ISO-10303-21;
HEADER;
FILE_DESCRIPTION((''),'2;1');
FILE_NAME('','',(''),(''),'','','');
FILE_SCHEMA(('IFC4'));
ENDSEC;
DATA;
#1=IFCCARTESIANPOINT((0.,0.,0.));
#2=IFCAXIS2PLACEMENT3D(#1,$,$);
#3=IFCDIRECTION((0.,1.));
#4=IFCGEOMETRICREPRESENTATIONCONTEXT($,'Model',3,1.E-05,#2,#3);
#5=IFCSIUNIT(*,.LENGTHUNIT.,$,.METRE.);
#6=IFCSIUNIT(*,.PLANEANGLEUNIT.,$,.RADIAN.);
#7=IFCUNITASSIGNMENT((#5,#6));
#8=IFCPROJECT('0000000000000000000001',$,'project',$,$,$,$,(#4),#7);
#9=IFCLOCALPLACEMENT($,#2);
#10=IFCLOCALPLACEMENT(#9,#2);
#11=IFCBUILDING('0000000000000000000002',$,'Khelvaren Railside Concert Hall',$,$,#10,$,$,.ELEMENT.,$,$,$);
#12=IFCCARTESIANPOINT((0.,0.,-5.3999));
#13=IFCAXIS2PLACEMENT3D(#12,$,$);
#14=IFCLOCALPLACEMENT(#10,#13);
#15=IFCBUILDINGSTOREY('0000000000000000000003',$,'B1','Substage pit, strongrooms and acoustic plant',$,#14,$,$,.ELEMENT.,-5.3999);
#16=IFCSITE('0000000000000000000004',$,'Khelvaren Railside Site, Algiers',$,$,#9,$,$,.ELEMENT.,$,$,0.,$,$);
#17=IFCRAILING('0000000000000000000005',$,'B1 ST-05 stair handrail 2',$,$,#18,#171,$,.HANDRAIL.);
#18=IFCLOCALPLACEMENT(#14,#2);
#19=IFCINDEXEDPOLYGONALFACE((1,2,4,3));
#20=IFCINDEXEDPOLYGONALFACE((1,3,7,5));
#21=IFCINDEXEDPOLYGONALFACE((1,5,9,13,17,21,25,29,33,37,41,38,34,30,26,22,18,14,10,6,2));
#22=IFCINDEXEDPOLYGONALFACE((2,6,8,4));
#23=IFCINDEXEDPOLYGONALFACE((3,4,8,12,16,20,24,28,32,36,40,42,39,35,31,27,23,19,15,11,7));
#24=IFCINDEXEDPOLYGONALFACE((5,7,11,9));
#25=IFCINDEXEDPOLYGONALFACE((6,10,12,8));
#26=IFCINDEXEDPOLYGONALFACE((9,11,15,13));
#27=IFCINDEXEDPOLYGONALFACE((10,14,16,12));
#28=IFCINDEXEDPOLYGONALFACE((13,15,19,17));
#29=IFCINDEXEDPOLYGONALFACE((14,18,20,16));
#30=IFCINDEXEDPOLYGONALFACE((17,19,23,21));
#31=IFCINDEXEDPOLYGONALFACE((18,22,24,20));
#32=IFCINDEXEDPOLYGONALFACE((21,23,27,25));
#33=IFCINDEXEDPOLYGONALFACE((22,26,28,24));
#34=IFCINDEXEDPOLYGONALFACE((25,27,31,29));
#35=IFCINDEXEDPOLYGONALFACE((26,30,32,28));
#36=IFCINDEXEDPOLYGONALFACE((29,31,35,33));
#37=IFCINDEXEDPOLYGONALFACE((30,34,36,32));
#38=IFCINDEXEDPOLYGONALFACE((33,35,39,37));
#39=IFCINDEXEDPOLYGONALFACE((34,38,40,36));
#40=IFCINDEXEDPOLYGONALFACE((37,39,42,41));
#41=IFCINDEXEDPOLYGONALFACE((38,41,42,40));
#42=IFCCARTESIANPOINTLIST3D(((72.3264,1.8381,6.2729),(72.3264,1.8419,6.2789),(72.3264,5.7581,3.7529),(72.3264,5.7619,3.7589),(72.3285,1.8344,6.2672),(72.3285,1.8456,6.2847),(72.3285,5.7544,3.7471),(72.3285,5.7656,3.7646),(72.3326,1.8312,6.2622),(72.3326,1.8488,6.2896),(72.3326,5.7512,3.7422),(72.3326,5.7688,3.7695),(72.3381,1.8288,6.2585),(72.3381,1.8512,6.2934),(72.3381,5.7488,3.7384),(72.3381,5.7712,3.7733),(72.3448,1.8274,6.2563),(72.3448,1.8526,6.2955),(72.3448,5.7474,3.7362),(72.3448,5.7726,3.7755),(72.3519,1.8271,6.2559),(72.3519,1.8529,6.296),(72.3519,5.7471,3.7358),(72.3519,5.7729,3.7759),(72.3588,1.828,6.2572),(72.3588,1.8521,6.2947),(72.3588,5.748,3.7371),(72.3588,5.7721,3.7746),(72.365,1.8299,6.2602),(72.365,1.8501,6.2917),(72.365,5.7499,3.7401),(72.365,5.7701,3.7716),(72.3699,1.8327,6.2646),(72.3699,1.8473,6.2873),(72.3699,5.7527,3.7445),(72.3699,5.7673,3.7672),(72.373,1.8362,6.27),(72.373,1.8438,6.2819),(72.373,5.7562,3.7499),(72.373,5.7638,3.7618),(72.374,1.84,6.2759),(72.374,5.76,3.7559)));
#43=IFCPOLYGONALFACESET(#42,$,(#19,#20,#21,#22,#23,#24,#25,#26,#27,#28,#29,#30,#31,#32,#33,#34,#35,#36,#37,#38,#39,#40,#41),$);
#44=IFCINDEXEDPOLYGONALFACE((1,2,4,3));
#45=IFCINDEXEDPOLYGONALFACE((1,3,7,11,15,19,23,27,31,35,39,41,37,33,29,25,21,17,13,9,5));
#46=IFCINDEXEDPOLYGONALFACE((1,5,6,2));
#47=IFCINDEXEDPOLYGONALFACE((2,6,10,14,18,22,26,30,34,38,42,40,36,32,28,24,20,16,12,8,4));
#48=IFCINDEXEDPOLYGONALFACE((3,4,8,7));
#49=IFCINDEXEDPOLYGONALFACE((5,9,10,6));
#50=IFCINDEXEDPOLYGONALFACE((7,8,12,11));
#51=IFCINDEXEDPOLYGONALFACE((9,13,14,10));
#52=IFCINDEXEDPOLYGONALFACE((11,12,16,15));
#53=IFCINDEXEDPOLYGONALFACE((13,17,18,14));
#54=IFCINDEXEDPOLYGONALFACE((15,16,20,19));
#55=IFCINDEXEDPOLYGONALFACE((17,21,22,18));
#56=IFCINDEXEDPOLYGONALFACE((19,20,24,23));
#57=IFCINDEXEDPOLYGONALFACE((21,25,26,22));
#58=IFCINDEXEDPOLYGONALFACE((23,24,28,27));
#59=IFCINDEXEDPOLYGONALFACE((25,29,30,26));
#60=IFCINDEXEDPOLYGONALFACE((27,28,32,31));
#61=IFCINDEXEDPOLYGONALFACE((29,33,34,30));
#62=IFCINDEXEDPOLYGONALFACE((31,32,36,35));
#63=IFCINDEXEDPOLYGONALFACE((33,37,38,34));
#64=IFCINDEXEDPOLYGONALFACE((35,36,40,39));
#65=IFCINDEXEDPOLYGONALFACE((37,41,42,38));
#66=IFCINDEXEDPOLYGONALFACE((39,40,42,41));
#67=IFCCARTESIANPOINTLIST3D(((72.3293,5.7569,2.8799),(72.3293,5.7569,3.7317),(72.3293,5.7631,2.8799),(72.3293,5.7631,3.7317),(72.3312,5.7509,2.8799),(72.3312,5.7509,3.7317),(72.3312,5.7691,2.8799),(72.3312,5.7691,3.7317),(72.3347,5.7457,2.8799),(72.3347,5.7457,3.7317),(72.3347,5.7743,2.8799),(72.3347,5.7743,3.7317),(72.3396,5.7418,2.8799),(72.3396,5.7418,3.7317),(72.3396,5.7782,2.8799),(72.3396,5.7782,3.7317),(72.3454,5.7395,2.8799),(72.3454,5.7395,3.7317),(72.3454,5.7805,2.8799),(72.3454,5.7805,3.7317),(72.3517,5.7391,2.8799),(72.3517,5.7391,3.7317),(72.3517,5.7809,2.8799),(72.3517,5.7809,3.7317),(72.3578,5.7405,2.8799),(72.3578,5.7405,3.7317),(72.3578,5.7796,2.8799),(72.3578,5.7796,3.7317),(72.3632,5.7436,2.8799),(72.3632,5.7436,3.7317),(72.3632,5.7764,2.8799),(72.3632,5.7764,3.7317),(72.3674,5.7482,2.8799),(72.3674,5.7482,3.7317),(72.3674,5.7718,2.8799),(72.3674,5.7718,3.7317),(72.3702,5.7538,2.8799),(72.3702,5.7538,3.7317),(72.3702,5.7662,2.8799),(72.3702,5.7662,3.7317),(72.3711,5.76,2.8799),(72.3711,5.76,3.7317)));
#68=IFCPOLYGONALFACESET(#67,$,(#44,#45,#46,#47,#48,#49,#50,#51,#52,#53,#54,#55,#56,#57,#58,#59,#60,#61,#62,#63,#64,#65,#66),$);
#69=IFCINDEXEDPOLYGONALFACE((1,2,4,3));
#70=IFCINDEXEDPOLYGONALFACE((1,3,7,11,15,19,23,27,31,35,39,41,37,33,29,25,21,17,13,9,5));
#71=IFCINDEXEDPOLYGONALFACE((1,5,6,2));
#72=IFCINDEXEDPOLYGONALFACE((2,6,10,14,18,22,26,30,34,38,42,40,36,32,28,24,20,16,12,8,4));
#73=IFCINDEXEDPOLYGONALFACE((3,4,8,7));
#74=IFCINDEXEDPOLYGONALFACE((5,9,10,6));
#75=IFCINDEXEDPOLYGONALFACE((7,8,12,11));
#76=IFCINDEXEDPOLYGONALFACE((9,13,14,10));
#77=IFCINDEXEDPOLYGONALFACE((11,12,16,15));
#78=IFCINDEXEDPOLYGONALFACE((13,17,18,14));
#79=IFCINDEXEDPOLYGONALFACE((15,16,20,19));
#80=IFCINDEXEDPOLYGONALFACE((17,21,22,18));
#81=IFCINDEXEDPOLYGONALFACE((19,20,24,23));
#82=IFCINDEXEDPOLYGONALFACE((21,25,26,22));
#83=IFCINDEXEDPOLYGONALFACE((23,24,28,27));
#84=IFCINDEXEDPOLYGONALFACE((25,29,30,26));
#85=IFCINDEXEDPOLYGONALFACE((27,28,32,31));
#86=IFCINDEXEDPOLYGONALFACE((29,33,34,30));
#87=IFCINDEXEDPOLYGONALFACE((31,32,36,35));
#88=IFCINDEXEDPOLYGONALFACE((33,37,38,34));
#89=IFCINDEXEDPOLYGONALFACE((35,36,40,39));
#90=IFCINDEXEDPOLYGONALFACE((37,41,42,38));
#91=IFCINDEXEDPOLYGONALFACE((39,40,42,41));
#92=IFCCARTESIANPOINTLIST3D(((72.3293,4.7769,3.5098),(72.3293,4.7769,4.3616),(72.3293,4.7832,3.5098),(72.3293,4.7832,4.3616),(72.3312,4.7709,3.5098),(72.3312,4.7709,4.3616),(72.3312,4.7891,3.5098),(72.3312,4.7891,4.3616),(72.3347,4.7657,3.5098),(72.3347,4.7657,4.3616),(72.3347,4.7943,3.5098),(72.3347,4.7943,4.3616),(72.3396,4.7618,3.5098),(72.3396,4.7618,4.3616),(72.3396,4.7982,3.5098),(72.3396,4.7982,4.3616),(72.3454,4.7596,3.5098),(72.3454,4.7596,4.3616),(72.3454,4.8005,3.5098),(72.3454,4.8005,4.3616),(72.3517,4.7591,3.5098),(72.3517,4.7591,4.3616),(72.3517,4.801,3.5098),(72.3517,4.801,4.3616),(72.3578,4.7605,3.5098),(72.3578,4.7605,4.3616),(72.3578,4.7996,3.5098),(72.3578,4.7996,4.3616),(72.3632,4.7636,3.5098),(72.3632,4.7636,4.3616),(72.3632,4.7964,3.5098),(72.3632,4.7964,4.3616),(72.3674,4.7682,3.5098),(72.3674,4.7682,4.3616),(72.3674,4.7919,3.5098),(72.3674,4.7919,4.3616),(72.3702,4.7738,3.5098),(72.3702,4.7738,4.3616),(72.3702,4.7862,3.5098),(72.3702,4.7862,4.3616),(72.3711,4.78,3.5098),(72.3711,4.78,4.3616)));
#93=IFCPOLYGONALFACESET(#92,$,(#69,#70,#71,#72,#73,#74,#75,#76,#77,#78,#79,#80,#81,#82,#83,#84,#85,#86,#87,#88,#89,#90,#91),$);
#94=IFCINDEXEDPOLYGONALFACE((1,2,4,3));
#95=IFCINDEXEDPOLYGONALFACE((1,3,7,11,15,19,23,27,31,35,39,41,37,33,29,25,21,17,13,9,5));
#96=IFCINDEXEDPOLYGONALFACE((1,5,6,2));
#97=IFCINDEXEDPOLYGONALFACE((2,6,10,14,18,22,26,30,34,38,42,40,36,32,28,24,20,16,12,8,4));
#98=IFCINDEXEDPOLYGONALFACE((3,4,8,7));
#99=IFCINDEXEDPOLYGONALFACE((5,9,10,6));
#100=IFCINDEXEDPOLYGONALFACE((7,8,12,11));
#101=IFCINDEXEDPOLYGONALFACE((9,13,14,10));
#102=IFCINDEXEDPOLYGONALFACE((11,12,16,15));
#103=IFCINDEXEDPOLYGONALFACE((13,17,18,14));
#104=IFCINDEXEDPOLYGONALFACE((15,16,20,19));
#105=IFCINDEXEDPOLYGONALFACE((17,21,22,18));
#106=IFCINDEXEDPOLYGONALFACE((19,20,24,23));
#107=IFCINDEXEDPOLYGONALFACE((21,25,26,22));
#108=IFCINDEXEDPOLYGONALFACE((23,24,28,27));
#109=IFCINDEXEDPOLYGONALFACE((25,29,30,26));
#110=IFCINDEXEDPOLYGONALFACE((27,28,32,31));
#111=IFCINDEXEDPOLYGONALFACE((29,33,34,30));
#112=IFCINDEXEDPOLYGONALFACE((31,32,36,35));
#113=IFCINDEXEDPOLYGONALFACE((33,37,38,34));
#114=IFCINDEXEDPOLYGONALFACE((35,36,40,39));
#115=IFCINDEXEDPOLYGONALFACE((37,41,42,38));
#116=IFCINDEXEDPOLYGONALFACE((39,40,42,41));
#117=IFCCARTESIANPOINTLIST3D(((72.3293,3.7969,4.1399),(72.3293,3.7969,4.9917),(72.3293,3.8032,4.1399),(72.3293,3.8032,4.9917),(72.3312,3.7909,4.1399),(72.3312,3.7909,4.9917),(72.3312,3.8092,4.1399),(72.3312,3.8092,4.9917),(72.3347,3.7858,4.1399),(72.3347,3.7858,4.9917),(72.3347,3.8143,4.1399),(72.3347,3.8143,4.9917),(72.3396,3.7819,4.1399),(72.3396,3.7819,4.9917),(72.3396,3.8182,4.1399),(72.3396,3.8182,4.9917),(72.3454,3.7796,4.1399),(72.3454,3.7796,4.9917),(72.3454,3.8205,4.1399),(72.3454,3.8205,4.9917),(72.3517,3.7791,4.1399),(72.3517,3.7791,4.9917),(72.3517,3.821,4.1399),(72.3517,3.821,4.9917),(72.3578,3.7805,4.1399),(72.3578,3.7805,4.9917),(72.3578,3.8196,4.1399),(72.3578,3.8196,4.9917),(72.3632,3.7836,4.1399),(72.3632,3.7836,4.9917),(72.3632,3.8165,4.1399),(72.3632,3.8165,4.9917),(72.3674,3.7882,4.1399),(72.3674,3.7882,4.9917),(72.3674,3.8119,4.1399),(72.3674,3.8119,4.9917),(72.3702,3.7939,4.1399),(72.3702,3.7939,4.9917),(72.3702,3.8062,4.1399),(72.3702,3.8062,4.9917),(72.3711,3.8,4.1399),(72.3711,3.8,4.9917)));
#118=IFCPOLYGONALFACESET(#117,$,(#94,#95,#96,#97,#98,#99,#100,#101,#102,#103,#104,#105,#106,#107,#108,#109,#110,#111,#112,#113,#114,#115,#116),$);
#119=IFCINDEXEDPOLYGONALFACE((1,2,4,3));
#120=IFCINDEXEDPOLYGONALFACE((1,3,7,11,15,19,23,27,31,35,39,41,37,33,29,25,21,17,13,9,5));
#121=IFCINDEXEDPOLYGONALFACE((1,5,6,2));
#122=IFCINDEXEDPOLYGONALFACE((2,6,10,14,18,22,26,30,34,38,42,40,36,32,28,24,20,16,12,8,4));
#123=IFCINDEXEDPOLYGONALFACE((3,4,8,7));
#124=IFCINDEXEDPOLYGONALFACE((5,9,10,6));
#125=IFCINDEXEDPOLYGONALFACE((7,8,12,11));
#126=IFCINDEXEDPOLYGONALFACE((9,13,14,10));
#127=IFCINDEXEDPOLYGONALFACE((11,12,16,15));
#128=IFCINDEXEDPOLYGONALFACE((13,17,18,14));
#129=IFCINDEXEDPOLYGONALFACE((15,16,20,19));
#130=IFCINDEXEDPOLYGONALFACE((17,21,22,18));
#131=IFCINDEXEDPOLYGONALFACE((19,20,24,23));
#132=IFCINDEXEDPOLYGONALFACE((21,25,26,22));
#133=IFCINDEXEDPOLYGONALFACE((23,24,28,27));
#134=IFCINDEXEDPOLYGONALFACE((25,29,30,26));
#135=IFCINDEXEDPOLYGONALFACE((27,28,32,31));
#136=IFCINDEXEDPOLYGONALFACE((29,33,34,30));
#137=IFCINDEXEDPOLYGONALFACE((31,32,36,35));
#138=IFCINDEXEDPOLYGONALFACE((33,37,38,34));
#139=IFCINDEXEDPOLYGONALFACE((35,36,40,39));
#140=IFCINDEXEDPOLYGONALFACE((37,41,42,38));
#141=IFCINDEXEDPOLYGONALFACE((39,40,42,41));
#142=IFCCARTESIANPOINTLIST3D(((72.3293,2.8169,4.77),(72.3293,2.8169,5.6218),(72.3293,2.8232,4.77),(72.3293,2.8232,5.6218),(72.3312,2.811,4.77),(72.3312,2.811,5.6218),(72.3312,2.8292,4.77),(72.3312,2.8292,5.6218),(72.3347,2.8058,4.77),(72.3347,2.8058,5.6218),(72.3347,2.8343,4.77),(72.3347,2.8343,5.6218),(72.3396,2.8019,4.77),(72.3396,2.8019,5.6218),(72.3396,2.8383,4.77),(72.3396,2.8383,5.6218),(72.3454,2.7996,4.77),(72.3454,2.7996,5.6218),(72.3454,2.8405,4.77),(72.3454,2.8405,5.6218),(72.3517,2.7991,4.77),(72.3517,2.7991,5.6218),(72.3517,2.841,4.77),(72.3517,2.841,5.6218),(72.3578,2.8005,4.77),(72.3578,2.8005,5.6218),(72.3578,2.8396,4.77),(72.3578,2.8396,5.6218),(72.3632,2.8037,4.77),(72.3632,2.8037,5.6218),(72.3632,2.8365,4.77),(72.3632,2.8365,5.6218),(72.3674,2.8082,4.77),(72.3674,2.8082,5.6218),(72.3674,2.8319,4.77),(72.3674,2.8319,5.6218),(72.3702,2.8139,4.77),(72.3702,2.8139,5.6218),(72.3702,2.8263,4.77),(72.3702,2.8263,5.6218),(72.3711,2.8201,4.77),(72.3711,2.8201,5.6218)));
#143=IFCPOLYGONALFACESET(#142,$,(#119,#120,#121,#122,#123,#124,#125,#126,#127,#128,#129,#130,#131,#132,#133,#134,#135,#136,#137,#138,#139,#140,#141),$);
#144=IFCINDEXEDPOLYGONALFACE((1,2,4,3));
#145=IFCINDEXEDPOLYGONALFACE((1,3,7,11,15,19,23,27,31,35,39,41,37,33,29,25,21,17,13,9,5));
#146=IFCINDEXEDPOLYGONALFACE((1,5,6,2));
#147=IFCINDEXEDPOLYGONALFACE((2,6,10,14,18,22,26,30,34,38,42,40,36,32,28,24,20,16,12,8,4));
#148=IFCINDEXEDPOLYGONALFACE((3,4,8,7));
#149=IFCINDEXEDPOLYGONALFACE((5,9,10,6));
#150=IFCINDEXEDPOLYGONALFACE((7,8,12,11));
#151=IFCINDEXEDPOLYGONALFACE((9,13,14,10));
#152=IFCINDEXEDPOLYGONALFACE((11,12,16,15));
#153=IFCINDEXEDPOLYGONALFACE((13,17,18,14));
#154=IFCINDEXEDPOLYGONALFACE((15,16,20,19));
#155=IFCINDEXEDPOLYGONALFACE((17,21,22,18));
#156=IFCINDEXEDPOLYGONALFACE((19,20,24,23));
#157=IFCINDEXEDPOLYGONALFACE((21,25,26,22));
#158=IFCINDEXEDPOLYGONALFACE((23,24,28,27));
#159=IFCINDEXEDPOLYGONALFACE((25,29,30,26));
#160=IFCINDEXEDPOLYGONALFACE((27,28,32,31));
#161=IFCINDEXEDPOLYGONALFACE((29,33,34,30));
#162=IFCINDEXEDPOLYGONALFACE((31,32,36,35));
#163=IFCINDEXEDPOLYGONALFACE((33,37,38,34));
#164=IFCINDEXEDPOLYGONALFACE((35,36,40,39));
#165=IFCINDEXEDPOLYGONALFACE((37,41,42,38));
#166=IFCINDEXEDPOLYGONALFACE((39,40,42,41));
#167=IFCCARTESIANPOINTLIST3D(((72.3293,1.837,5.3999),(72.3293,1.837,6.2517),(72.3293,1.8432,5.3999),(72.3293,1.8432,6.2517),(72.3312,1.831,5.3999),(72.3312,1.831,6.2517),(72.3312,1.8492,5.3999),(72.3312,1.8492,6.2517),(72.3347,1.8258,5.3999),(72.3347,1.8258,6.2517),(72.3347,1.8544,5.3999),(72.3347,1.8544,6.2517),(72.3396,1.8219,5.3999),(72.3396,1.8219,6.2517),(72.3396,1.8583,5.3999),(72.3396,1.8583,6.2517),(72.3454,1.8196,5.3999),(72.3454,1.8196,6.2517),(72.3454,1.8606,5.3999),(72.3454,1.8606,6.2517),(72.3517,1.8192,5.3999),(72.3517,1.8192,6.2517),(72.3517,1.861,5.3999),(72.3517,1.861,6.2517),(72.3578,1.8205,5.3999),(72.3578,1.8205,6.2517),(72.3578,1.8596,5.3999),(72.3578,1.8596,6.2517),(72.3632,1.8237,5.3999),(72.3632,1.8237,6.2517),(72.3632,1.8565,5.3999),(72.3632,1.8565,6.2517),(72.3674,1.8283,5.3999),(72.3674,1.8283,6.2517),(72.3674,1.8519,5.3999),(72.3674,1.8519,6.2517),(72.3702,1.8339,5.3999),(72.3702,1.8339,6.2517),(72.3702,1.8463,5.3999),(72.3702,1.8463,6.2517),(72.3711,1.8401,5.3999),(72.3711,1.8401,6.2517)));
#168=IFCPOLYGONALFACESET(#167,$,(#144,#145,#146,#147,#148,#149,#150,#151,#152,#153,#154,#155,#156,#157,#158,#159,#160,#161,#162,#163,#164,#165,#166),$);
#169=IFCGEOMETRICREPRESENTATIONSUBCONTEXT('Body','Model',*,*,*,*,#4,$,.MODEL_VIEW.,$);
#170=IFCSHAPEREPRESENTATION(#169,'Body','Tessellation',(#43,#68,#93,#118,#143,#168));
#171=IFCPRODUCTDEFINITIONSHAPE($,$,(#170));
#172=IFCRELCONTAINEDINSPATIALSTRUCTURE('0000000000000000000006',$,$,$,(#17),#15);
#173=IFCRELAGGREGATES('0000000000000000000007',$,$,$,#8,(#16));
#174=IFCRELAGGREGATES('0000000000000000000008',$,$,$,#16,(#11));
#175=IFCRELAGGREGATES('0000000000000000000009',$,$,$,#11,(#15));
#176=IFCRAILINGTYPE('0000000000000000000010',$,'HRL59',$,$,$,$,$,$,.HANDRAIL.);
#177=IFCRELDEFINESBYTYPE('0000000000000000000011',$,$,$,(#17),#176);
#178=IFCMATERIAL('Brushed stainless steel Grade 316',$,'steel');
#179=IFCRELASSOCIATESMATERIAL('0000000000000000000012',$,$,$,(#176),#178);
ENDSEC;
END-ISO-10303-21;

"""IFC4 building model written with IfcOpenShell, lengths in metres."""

from ifc_helpers import new_model, si_unit, direction, frame, origin, origin_2d, place, context, subcontext, project, spatial, circle, extrude, material, type_object, element, save


model = new_model("IFC4")

# Units and contexts
model_context = context("Model", 3, precision=1e-05, world=origin(), true_north=direction((0.0, 1.0)))
body_context = subcontext(model_context, "Body", "Model", "MODEL_VIEW")
ifc_project = project(units=[si_unit("LENGTHUNIT", "METRE"), si_unit("PLANEANGLEUNIT", "RADIAN")], contexts=[model_context])

# Site, building, storey
site_placement = place(None, origin())
site = spatial("IfcSite", under=ifc_project, at=site_placement, Name="Khelvaren Railside Site, Algiers", CompositionType="ELEMENT", RefElevation=0.0)
building_placement = place(site_placement, origin())
building = spatial("IfcBuilding", under=site, at=building_placement, Name="Khelvaren Railside Concert Hall", CompositionType="ELEMENT")
storey_placement = place(building_placement, frame((0.0, 0.0, -5.3999)))
storey = spatial("IfcBuildingStorey", under=building, at=storey_placement, Name="B1", Description="Substage pit, strongrooms and acoustic plant", CompositionType="ELEMENT", Elevation=-5.3999)

# Railing
ifc_material_1 = material(Name="Brushed stainless steel Grade 316", Category="steel")
railing_type_1 = type_object("IfcRailingType", Name="HRL59", PredefinedType="HANDRAIL", material=ifc_material_1)
railing_placement = place(storey_placement, frame((72.3501, 5.76, 2.8799)))
element("IfcRailing", 1, at=railing_placement, inside=storey, type_object=railing_type_1, Name="B1 ST-05 stair handrail 2", PredefinedType="HANDRAIL", context=body_context, shape_type="SweptSolid", body=[
    extrude(circle(Radius=0.0239, at=origin_2d()), frame((0.0, 0.0, 0.876), z_axis=(0.0, -0.841172, 0.540768), x_axis=(1.0, 0.0, 0.0)), (0.0, 0.0, 1.0), 4.6602),
    extrude(circle(Radius=0.021, at=origin_2d()), origin(), (0.0, 0.0, 1.0), 0.8518),
    extrude(circle(Radius=0.021, at=origin_2d()), frame((0.0, -0.98, 0.6299)), (0.0, 0.0, 1.0), 0.8518),
    extrude(circle(Radius=0.021, at=origin_2d()), frame((0.0, -1.96, 1.26)), (0.0, 0.0, 1.0), 0.8518),
    extrude(circle(Radius=0.021, at=origin_2d()), frame((0.0, -2.9399, 1.8901)), (0.0, 0.0, 1.0), 0.8518),
    extrude(circle(Radius=0.021, at=origin_2d()), frame((0.0, -3.9199, 2.52)), (0.0, 0.0, 1.0), 0.8518),
])

save(model, "model.ifc")
